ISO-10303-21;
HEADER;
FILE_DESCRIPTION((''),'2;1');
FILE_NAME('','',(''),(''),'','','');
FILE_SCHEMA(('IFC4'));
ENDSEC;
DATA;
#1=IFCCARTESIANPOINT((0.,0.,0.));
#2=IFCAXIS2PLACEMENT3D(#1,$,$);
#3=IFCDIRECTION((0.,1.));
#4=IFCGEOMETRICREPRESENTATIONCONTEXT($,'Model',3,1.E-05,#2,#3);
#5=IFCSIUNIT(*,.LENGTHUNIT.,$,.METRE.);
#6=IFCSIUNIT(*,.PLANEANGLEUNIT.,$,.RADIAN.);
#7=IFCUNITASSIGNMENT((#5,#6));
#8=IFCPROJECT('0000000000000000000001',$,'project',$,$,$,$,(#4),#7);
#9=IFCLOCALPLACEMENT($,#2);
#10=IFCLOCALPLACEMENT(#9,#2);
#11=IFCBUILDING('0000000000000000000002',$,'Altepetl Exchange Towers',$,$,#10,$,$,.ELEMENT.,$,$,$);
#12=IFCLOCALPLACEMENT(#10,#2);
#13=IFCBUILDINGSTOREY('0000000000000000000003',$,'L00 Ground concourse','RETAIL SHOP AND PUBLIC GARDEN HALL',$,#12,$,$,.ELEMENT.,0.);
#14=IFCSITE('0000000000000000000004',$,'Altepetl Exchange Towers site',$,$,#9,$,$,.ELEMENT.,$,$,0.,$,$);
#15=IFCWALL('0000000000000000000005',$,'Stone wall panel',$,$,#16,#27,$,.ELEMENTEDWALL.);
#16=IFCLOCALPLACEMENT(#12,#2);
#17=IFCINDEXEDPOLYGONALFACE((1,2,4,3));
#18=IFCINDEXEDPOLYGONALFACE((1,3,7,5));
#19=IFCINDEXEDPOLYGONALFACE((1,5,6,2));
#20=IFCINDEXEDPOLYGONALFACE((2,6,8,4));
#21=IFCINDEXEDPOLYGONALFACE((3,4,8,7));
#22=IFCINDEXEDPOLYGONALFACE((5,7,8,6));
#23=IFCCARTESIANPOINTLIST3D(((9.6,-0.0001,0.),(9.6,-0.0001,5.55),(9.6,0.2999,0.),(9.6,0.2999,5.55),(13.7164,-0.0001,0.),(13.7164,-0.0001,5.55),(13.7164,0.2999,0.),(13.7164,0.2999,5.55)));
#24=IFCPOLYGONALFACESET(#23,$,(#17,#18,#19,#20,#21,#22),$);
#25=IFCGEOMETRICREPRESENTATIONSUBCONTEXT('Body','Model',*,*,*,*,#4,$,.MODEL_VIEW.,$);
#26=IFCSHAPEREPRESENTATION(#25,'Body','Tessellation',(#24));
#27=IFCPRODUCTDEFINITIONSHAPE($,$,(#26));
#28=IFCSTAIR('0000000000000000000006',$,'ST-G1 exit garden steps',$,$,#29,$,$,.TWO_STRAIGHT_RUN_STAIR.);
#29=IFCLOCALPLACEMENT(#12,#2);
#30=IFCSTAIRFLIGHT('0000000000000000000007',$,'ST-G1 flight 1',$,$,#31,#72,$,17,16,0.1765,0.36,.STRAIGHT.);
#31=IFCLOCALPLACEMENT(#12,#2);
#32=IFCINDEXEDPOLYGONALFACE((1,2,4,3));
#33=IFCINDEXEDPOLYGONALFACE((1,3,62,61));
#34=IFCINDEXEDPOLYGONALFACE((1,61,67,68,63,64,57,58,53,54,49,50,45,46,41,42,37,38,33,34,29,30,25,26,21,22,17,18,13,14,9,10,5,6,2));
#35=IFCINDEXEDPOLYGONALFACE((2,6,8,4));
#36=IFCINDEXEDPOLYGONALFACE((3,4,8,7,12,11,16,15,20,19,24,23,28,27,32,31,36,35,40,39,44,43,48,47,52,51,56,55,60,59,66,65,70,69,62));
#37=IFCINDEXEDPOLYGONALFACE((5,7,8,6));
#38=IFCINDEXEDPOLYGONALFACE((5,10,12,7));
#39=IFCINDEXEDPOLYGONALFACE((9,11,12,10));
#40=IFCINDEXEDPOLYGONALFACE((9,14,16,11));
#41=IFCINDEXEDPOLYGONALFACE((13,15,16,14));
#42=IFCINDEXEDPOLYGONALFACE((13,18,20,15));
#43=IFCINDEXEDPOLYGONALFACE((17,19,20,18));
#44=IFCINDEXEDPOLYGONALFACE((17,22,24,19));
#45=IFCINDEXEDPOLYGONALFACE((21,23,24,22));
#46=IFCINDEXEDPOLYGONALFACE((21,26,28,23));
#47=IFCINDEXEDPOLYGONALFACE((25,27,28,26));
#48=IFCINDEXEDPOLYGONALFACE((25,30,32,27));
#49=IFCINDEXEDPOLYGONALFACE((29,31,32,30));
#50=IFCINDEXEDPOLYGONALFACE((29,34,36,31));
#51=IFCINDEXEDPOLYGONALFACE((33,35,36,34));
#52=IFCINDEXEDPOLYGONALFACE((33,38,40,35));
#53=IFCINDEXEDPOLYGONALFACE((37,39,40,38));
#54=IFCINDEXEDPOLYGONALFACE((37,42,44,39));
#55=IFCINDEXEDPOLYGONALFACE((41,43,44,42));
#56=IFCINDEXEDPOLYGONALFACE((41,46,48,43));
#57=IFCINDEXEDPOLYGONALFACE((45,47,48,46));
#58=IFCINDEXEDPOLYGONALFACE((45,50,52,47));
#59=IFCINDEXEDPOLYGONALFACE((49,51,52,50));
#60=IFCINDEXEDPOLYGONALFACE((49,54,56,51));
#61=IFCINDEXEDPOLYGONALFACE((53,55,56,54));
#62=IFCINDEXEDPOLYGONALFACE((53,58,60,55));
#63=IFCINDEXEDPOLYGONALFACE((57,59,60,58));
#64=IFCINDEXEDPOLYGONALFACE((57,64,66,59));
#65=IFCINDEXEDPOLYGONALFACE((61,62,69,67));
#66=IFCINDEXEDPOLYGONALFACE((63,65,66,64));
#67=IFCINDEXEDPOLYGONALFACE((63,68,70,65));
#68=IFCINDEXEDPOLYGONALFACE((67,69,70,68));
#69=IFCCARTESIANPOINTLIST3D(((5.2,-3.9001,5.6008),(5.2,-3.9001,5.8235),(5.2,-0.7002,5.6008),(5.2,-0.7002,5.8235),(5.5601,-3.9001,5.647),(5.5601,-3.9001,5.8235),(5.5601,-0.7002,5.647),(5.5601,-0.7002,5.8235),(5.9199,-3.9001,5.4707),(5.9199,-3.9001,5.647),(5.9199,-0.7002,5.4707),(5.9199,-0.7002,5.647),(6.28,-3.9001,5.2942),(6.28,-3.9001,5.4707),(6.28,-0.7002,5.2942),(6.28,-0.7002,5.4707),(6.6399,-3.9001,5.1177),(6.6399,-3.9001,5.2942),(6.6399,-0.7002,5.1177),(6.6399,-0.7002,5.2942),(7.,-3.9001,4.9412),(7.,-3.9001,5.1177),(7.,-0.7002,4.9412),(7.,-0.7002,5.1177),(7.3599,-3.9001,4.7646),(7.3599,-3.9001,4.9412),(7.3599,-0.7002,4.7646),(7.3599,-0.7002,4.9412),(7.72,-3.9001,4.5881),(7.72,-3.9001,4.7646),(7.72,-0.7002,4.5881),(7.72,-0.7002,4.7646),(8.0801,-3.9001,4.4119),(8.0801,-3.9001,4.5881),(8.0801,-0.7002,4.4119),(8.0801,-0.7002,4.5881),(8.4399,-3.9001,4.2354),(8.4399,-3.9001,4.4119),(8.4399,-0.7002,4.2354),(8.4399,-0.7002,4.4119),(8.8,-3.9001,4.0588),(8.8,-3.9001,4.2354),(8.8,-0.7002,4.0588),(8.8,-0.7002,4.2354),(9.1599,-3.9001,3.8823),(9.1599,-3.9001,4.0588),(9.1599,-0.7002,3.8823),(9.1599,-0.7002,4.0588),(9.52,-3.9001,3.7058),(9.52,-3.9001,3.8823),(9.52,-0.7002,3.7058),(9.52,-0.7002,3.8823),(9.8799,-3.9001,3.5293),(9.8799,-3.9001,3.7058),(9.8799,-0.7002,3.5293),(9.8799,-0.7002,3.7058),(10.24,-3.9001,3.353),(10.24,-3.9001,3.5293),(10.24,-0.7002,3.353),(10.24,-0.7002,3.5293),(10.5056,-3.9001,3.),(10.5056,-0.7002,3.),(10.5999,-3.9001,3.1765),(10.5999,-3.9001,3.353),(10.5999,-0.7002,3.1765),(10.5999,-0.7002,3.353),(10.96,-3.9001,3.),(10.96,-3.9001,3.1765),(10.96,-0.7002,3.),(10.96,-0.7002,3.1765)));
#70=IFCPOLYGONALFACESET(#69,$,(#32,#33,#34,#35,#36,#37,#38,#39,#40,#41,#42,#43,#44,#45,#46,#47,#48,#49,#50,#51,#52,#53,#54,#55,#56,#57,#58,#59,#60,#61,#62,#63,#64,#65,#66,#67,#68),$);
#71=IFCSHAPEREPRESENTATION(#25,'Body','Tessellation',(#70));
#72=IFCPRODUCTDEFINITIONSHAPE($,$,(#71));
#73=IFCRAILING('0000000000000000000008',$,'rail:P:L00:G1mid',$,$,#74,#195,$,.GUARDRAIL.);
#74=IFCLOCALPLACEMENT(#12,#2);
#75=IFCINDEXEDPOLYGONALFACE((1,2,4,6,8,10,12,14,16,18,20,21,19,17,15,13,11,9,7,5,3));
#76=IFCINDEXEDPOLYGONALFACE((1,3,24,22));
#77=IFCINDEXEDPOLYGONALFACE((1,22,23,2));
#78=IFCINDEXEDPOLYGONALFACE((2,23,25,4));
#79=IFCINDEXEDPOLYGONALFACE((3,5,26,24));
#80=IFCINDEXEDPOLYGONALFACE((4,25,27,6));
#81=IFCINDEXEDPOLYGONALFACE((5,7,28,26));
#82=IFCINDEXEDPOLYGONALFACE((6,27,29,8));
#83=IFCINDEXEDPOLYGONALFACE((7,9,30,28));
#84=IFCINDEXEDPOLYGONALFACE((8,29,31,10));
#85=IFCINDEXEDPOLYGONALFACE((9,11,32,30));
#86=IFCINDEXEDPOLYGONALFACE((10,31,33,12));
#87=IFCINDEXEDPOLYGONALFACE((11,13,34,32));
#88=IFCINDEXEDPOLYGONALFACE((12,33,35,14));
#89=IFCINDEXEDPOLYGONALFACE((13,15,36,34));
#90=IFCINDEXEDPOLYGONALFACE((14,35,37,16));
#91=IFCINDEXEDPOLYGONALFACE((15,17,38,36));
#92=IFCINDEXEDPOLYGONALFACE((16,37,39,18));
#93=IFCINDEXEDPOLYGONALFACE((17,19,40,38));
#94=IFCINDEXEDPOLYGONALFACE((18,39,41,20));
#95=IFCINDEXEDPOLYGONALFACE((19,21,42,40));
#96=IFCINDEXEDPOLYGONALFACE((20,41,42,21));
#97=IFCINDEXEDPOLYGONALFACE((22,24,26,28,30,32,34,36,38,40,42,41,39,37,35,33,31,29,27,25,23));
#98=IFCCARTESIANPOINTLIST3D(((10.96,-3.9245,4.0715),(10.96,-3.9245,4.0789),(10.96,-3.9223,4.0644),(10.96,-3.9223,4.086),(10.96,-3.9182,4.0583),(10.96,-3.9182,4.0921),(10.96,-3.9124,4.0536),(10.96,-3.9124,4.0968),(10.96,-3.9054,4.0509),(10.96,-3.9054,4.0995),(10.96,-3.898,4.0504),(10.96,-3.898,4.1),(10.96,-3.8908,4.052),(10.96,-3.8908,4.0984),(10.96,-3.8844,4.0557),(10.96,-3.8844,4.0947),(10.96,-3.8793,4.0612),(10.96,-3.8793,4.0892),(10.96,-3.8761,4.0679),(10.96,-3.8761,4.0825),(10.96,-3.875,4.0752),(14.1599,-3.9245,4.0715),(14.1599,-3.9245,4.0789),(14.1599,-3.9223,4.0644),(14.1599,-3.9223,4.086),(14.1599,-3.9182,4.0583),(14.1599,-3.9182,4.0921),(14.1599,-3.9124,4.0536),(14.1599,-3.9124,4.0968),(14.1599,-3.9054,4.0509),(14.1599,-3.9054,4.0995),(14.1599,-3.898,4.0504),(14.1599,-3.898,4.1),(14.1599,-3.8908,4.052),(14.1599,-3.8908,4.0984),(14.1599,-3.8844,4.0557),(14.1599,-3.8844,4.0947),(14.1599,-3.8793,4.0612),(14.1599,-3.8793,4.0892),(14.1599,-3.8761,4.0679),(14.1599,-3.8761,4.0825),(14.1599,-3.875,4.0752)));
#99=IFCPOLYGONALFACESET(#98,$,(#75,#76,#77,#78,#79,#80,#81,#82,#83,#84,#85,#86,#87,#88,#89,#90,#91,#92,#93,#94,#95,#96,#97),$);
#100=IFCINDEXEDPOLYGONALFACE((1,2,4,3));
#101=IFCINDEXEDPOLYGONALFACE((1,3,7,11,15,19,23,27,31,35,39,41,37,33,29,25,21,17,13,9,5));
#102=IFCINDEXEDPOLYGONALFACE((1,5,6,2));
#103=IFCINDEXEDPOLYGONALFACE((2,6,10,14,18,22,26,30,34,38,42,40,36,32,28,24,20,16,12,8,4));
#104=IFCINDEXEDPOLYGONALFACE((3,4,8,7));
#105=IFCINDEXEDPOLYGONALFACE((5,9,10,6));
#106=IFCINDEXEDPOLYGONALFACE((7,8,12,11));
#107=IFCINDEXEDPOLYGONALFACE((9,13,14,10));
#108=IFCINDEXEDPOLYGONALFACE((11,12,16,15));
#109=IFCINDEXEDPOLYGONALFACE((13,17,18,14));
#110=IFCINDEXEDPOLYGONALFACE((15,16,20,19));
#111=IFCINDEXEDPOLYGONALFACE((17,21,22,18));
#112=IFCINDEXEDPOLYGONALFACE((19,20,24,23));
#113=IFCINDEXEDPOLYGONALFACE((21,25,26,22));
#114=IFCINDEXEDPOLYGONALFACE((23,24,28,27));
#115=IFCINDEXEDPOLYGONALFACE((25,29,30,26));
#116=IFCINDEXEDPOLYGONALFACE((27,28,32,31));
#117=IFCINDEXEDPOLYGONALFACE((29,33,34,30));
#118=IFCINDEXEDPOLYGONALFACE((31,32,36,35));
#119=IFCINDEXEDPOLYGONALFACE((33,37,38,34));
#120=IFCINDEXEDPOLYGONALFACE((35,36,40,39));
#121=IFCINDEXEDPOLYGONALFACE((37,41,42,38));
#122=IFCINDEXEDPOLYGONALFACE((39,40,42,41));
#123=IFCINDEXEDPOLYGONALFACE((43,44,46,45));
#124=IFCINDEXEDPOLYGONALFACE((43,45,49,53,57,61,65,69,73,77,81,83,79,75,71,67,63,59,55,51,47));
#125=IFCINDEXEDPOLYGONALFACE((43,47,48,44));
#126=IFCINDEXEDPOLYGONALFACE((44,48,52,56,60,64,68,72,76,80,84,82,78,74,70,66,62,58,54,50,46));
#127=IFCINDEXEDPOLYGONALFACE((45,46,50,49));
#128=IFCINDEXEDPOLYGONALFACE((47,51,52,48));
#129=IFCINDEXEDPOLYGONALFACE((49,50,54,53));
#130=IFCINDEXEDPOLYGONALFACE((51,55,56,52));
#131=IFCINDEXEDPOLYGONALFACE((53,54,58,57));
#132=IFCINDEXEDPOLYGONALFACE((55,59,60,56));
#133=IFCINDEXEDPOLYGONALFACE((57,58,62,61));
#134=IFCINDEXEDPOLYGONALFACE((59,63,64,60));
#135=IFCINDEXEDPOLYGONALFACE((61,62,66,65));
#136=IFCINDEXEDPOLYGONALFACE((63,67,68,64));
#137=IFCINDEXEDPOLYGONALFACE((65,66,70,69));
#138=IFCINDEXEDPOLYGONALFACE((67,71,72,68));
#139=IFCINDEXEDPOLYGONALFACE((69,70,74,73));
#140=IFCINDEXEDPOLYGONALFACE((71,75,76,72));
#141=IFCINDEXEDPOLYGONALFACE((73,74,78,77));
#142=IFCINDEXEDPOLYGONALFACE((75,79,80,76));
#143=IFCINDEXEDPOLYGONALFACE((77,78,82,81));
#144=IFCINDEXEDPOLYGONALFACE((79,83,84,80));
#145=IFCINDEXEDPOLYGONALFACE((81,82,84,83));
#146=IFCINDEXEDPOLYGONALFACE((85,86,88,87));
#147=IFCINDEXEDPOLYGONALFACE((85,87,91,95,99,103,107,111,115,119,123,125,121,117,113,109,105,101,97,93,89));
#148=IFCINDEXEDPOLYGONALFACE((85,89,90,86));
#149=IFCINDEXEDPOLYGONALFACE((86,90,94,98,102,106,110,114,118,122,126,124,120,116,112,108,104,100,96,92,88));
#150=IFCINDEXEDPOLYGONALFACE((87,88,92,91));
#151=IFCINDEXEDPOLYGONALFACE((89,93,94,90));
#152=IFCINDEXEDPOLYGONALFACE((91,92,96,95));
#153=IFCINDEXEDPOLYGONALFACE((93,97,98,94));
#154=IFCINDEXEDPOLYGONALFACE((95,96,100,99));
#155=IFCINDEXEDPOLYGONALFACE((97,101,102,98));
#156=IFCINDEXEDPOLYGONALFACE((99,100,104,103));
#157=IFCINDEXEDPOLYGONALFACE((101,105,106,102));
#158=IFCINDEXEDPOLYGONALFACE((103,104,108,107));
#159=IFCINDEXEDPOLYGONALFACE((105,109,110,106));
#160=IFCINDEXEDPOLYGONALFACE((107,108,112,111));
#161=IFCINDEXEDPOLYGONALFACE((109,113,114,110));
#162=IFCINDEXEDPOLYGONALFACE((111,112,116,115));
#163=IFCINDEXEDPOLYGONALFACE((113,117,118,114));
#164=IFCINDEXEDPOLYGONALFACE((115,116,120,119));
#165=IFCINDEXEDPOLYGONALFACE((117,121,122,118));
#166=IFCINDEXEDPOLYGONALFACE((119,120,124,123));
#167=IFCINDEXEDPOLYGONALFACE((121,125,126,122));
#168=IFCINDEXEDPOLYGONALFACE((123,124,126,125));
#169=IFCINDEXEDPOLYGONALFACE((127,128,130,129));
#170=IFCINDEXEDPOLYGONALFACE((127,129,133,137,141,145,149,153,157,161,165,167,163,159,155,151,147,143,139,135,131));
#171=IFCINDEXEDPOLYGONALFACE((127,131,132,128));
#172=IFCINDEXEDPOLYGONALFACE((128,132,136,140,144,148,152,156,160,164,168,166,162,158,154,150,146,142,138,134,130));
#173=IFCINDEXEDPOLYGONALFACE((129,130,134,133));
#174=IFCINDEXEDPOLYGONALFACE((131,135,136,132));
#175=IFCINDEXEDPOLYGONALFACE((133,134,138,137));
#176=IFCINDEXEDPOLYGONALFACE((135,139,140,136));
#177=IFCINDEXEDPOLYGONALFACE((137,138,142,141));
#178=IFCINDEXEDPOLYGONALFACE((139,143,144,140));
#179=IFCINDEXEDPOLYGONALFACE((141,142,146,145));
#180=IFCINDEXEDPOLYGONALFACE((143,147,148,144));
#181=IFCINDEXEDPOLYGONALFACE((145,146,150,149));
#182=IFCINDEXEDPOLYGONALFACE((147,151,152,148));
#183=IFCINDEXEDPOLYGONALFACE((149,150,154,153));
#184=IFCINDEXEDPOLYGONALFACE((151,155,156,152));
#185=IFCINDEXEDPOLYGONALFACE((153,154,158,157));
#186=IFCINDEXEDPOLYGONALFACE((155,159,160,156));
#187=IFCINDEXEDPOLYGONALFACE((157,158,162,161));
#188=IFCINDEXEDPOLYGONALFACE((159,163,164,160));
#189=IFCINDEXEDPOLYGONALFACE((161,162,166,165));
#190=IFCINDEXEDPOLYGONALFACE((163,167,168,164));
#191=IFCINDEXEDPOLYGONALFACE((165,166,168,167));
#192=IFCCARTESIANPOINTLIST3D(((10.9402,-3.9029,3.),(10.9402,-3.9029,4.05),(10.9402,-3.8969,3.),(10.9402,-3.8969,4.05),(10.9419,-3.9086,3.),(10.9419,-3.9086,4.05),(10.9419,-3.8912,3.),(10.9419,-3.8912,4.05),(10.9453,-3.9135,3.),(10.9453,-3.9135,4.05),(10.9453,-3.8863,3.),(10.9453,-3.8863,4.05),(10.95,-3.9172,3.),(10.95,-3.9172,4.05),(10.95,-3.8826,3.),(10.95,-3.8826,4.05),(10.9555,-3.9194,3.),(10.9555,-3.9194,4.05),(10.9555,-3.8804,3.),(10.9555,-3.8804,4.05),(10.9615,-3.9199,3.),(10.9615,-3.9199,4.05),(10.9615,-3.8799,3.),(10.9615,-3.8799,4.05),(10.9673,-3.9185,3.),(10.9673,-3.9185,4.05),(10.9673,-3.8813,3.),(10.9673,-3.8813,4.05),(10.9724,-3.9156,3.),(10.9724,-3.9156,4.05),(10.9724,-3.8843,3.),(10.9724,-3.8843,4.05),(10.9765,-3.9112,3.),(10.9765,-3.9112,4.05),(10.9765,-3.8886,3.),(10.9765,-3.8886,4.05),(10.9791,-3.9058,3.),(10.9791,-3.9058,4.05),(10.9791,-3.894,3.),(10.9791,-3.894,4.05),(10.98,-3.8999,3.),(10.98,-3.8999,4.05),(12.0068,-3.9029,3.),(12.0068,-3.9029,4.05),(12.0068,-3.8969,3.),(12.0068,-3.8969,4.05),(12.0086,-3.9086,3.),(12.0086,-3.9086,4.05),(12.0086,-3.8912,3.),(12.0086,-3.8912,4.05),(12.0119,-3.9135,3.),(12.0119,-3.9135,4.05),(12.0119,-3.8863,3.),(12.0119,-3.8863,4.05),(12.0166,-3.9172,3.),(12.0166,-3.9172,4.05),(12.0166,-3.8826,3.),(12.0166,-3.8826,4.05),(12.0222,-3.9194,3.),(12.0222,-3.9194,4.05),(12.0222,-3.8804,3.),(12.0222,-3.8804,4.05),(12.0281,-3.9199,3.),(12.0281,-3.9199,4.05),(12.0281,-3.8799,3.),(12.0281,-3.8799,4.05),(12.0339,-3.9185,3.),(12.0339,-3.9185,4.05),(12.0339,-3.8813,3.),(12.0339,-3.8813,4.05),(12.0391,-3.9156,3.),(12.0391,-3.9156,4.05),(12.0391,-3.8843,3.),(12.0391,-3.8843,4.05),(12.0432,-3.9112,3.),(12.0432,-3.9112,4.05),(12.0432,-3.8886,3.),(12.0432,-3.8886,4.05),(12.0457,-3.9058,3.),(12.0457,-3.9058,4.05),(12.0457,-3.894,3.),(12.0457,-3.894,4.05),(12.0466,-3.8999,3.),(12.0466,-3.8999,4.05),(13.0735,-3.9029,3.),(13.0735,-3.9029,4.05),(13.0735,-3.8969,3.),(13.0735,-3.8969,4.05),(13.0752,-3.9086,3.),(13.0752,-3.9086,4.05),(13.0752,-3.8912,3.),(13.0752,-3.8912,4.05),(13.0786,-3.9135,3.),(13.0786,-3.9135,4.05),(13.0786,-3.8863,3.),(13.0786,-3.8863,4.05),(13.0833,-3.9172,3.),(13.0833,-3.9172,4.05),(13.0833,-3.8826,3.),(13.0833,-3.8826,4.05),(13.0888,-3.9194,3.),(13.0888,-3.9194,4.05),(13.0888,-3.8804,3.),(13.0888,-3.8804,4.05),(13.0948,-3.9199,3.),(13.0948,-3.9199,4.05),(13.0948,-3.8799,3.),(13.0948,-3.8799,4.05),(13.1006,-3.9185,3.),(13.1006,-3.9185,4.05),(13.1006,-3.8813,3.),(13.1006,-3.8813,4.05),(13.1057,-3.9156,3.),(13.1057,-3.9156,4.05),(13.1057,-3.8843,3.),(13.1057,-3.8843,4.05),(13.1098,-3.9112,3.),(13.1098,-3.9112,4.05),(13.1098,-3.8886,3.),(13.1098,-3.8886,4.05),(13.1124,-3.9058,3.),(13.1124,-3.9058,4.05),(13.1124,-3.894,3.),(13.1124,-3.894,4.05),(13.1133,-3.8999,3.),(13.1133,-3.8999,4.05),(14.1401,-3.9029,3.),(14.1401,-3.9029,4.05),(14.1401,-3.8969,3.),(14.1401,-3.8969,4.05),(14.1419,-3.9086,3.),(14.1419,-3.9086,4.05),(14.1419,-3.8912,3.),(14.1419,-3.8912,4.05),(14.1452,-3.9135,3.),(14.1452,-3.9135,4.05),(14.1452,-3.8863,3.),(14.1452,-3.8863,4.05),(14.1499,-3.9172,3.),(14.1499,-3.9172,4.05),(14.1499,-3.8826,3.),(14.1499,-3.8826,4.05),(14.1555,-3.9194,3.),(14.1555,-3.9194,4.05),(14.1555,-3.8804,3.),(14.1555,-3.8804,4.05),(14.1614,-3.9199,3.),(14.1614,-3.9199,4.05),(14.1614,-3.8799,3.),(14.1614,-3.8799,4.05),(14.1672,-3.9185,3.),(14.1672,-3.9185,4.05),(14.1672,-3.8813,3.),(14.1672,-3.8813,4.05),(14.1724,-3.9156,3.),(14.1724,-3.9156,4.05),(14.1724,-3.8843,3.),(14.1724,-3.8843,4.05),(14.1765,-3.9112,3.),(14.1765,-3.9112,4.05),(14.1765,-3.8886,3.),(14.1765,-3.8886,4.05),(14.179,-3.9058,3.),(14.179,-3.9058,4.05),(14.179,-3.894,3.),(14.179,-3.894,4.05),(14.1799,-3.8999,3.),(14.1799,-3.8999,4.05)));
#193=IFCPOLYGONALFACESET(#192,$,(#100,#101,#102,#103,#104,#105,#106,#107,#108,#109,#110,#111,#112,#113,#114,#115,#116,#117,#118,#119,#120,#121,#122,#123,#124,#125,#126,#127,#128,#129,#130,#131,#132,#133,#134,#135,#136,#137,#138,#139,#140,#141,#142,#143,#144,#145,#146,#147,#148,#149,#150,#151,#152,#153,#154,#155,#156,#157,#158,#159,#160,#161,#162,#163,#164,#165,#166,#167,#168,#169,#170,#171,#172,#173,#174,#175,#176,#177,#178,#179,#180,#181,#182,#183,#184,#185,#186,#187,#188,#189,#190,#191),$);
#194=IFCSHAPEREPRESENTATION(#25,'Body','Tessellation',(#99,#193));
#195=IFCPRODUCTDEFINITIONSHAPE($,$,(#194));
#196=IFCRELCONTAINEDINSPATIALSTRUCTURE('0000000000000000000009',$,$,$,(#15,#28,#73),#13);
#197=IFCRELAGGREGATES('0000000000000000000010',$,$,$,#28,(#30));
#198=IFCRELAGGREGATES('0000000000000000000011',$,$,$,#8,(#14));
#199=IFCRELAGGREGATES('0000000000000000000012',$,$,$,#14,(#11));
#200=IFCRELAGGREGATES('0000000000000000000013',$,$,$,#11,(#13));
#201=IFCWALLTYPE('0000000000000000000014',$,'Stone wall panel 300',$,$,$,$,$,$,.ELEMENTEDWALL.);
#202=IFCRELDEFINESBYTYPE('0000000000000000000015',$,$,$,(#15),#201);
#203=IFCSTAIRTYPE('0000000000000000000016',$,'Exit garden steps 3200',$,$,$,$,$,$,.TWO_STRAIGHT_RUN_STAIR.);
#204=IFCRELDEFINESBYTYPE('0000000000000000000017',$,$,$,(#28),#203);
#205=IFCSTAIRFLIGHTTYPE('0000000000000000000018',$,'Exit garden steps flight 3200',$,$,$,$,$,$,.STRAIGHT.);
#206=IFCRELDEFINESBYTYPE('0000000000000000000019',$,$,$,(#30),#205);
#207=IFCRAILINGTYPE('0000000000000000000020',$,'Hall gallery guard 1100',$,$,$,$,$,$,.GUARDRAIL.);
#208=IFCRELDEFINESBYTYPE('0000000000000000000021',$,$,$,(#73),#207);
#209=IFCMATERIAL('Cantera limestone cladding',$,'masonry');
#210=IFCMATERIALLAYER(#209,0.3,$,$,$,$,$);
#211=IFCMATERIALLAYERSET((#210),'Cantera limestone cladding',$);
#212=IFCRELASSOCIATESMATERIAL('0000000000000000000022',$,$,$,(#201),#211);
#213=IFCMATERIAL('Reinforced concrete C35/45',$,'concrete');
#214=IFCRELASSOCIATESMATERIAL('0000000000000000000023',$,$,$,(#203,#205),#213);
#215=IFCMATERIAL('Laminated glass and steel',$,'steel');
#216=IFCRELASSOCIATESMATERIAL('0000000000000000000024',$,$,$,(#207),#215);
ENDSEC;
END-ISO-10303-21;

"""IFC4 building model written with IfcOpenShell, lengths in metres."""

from ifc_helpers import new_model, si_unit, direction, frame, frame_2d, origin, origin_2d, place, context, subcontext, project, spatial, polyline, rectangle, circle, outline, extrude, source, transform, mapped, material, layer, layer_set, type_object, element, aggregate, save


model = new_model("IFC4")

# Units and contexts
model_context = context("Model", 3, precision=1e-05, world=origin(), true_north=direction((0.0, 1.0)))
body_context = subcontext(model_context, "Body", "Model", "MODEL_VIEW")
ifc_project = project(units=[si_unit("LENGTHUNIT", "METRE"), si_unit("PLANEANGLEUNIT", "RADIAN")], contexts=[model_context])

# Site, building, storey
site_placement = place(None, origin())
site = spatial("IfcSite", under=ifc_project, at=site_placement, Name="Altepetl Exchange Towers site", CompositionType="ELEMENT", RefElevation=0.0)
building_placement = place(site_placement, origin())
building = spatial("IfcBuilding", under=site, at=building_placement, Name="Altepetl Exchange Towers", CompositionType="ELEMENT")
storey_placement = place(building_placement, origin())
storey = spatial("IfcBuildingStorey", under=building, at=storey_placement, Name="L00 Ground concourse", Description="RETAIL SHOP AND PUBLIC GARDEN HALL", CompositionType="ELEMENT", Elevation=0.0)

# Wall
ifc_material_1 = material(Name="Cantera limestone cladding", Category="masonry")
ifc_layer_1 = layer(ifc_material_1, 0.3)
ifc_layer_set_1 = layer_set([ifc_layer_1], Name="Cantera limestone cladding")
wall_type_1 = type_object("IfcWallType", Name="Stone wall panel 300", PredefinedType="ELEMENTEDWALL", material=ifc_layer_set_1)
wall_1_placement = place(storey_placement, frame((9.6001, 0.1499, 0.0)))
element("IfcWall", 1, at=wall_1_placement, inside=storey, type_object=wall_type_1, Name="Stone wall panel", PredefinedType="ELEMENTEDWALL", context=body_context, shape_type="SweptSolid", body=[
    extrude(rectangle(XDim=4.1165, YDim=0.3, at=frame_2d((2.0581, 0.0))), origin(), (0.0, 0.0, 1.0), 5.55),
])

# Stair, stair flight
ifc_material_2 = material(Name="Reinforced concrete C35/45", Category="concrete")
stair_type = type_object("IfcStairType", Name="Exit garden steps 3200", PredefinedType="TWO_STRAIGHT_RUN_STAIR", material=ifc_material_2)
stair_placement = place(storey_placement, origin())
stair = element("IfcStair", 2, at=stair_placement, inside=storey, type_object=stair_type, Name="ST-G1 exit garden steps", PredefinedType="TWO_STRAIGHT_RUN_STAIR")
stair_flight_type = type_object("IfcStairFlightType", Name="Exit garden steps flight 3200", PredefinedType="STRAIGHT", material=ifc_material_2)
stair_flight_placement = place(storey_placement, frame((10.96, -2.3, 3.0), z_axis=(0.0, 0.0, 1.0), x_axis=(-1.0, 0.0, 0.0)))
stair_flight = element("IfcStairFlight", 3, at=stair_flight_placement, type_object=stair_flight_type, Name="ST-G1 flight 1", NumberOfRisers=17, NumberOfTreads=16, PredefinedType="STRAIGHT", RiserHeight=0.1765, TreadLength=0.36, context=body_context, shape_type="SweptSolid", body=[
    extrude(outline(polyline([(0.0, 0.0), (0.0, 0.1765), (0.3601, 0.1765), (0.3601, 0.353), (0.72, 0.353), (0.72, 0.5293), (1.0801, 0.5293), (1.0801, 0.7058), (1.4399, 0.7058), (1.4399, 0.8823), (1.8, 0.8823), (1.8, 1.0588), (2.1599, 1.0588), (2.1599, 1.2354), (2.52, 1.2354), (2.52, 1.4119), (2.8799, 1.4119), (2.8799, 1.5881), (3.24, 1.5881), (3.24, 1.7646), (3.6001, 1.7646), (3.6001, 1.9412), (3.96, 1.9412), (3.96, 2.1177), (4.3201, 2.1177), (4.3201, 2.2942), (4.6799, 2.2942), (4.6799, 2.4707), (5.04, 2.4707), (5.04, 2.647), (5.3999, 2.647), (5.3999, 2.8235), (5.76, 2.8235), (5.76, 3.0), (5.76, 2.6008), (0.4543, 0.0), (0.0, 0.0)])), frame((0.0, 1.6001, 0.0), z_axis=(0.0, -1.0, 0.0), x_axis=(1.0, 0.0, 0.0)), (0.0, 0.0, 1.0), 3.2),
])
aggregate(stair, [stair_flight])

# Railing
ifc_material_3 = material(Name="Laminated glass and steel", Category="steel")
railing_type_1 = type_object("IfcRailingType", Name="Hall gallery guard 1100", PredefinedType="GUARDRAIL", material=ifc_material_3)
shared_shape_1 = source(origin(), body_context, "Body", "SweptSolid", [
    extrude(circle(Radius=0.02, at=origin_2d()), origin(), (0.0, 0.0, 1.0), 1.05),
])
for number, where, name in (
    (4, (10.96, -3.8999, 3.0), "rail:P:L00:G1mid"),
):
    element("IfcRailing", number, at=place(storey_placement, frame(where)), inside=storey, type_object=railing_type_1, Name=name, PredefinedType="GUARDRAIL", context=body_context, shape_type="SweptSolid", body=[
        extrude(circle(Radius=0.0249, at=origin_2d()), frame((0.0, 0.0, 1.0752), z_axis=(1.0, 0.0, 0.0), x_axis=(0.0, 1.0, 0.0)), (0.0, 0.0, 1.0), 3.2),
        mapped(shared_shape_1, transform((0.0, 0.0, 0.0))),
        mapped(shared_shape_1, transform((1.0667, 0.0, 0.0))),
        mapped(shared_shape_1, transform((2.1333, 0.0, 0.0))),
        mapped(shared_shape_1, transform((3.2, 0.0, 0.0))),
    ])

save(model, "model.ifc")
